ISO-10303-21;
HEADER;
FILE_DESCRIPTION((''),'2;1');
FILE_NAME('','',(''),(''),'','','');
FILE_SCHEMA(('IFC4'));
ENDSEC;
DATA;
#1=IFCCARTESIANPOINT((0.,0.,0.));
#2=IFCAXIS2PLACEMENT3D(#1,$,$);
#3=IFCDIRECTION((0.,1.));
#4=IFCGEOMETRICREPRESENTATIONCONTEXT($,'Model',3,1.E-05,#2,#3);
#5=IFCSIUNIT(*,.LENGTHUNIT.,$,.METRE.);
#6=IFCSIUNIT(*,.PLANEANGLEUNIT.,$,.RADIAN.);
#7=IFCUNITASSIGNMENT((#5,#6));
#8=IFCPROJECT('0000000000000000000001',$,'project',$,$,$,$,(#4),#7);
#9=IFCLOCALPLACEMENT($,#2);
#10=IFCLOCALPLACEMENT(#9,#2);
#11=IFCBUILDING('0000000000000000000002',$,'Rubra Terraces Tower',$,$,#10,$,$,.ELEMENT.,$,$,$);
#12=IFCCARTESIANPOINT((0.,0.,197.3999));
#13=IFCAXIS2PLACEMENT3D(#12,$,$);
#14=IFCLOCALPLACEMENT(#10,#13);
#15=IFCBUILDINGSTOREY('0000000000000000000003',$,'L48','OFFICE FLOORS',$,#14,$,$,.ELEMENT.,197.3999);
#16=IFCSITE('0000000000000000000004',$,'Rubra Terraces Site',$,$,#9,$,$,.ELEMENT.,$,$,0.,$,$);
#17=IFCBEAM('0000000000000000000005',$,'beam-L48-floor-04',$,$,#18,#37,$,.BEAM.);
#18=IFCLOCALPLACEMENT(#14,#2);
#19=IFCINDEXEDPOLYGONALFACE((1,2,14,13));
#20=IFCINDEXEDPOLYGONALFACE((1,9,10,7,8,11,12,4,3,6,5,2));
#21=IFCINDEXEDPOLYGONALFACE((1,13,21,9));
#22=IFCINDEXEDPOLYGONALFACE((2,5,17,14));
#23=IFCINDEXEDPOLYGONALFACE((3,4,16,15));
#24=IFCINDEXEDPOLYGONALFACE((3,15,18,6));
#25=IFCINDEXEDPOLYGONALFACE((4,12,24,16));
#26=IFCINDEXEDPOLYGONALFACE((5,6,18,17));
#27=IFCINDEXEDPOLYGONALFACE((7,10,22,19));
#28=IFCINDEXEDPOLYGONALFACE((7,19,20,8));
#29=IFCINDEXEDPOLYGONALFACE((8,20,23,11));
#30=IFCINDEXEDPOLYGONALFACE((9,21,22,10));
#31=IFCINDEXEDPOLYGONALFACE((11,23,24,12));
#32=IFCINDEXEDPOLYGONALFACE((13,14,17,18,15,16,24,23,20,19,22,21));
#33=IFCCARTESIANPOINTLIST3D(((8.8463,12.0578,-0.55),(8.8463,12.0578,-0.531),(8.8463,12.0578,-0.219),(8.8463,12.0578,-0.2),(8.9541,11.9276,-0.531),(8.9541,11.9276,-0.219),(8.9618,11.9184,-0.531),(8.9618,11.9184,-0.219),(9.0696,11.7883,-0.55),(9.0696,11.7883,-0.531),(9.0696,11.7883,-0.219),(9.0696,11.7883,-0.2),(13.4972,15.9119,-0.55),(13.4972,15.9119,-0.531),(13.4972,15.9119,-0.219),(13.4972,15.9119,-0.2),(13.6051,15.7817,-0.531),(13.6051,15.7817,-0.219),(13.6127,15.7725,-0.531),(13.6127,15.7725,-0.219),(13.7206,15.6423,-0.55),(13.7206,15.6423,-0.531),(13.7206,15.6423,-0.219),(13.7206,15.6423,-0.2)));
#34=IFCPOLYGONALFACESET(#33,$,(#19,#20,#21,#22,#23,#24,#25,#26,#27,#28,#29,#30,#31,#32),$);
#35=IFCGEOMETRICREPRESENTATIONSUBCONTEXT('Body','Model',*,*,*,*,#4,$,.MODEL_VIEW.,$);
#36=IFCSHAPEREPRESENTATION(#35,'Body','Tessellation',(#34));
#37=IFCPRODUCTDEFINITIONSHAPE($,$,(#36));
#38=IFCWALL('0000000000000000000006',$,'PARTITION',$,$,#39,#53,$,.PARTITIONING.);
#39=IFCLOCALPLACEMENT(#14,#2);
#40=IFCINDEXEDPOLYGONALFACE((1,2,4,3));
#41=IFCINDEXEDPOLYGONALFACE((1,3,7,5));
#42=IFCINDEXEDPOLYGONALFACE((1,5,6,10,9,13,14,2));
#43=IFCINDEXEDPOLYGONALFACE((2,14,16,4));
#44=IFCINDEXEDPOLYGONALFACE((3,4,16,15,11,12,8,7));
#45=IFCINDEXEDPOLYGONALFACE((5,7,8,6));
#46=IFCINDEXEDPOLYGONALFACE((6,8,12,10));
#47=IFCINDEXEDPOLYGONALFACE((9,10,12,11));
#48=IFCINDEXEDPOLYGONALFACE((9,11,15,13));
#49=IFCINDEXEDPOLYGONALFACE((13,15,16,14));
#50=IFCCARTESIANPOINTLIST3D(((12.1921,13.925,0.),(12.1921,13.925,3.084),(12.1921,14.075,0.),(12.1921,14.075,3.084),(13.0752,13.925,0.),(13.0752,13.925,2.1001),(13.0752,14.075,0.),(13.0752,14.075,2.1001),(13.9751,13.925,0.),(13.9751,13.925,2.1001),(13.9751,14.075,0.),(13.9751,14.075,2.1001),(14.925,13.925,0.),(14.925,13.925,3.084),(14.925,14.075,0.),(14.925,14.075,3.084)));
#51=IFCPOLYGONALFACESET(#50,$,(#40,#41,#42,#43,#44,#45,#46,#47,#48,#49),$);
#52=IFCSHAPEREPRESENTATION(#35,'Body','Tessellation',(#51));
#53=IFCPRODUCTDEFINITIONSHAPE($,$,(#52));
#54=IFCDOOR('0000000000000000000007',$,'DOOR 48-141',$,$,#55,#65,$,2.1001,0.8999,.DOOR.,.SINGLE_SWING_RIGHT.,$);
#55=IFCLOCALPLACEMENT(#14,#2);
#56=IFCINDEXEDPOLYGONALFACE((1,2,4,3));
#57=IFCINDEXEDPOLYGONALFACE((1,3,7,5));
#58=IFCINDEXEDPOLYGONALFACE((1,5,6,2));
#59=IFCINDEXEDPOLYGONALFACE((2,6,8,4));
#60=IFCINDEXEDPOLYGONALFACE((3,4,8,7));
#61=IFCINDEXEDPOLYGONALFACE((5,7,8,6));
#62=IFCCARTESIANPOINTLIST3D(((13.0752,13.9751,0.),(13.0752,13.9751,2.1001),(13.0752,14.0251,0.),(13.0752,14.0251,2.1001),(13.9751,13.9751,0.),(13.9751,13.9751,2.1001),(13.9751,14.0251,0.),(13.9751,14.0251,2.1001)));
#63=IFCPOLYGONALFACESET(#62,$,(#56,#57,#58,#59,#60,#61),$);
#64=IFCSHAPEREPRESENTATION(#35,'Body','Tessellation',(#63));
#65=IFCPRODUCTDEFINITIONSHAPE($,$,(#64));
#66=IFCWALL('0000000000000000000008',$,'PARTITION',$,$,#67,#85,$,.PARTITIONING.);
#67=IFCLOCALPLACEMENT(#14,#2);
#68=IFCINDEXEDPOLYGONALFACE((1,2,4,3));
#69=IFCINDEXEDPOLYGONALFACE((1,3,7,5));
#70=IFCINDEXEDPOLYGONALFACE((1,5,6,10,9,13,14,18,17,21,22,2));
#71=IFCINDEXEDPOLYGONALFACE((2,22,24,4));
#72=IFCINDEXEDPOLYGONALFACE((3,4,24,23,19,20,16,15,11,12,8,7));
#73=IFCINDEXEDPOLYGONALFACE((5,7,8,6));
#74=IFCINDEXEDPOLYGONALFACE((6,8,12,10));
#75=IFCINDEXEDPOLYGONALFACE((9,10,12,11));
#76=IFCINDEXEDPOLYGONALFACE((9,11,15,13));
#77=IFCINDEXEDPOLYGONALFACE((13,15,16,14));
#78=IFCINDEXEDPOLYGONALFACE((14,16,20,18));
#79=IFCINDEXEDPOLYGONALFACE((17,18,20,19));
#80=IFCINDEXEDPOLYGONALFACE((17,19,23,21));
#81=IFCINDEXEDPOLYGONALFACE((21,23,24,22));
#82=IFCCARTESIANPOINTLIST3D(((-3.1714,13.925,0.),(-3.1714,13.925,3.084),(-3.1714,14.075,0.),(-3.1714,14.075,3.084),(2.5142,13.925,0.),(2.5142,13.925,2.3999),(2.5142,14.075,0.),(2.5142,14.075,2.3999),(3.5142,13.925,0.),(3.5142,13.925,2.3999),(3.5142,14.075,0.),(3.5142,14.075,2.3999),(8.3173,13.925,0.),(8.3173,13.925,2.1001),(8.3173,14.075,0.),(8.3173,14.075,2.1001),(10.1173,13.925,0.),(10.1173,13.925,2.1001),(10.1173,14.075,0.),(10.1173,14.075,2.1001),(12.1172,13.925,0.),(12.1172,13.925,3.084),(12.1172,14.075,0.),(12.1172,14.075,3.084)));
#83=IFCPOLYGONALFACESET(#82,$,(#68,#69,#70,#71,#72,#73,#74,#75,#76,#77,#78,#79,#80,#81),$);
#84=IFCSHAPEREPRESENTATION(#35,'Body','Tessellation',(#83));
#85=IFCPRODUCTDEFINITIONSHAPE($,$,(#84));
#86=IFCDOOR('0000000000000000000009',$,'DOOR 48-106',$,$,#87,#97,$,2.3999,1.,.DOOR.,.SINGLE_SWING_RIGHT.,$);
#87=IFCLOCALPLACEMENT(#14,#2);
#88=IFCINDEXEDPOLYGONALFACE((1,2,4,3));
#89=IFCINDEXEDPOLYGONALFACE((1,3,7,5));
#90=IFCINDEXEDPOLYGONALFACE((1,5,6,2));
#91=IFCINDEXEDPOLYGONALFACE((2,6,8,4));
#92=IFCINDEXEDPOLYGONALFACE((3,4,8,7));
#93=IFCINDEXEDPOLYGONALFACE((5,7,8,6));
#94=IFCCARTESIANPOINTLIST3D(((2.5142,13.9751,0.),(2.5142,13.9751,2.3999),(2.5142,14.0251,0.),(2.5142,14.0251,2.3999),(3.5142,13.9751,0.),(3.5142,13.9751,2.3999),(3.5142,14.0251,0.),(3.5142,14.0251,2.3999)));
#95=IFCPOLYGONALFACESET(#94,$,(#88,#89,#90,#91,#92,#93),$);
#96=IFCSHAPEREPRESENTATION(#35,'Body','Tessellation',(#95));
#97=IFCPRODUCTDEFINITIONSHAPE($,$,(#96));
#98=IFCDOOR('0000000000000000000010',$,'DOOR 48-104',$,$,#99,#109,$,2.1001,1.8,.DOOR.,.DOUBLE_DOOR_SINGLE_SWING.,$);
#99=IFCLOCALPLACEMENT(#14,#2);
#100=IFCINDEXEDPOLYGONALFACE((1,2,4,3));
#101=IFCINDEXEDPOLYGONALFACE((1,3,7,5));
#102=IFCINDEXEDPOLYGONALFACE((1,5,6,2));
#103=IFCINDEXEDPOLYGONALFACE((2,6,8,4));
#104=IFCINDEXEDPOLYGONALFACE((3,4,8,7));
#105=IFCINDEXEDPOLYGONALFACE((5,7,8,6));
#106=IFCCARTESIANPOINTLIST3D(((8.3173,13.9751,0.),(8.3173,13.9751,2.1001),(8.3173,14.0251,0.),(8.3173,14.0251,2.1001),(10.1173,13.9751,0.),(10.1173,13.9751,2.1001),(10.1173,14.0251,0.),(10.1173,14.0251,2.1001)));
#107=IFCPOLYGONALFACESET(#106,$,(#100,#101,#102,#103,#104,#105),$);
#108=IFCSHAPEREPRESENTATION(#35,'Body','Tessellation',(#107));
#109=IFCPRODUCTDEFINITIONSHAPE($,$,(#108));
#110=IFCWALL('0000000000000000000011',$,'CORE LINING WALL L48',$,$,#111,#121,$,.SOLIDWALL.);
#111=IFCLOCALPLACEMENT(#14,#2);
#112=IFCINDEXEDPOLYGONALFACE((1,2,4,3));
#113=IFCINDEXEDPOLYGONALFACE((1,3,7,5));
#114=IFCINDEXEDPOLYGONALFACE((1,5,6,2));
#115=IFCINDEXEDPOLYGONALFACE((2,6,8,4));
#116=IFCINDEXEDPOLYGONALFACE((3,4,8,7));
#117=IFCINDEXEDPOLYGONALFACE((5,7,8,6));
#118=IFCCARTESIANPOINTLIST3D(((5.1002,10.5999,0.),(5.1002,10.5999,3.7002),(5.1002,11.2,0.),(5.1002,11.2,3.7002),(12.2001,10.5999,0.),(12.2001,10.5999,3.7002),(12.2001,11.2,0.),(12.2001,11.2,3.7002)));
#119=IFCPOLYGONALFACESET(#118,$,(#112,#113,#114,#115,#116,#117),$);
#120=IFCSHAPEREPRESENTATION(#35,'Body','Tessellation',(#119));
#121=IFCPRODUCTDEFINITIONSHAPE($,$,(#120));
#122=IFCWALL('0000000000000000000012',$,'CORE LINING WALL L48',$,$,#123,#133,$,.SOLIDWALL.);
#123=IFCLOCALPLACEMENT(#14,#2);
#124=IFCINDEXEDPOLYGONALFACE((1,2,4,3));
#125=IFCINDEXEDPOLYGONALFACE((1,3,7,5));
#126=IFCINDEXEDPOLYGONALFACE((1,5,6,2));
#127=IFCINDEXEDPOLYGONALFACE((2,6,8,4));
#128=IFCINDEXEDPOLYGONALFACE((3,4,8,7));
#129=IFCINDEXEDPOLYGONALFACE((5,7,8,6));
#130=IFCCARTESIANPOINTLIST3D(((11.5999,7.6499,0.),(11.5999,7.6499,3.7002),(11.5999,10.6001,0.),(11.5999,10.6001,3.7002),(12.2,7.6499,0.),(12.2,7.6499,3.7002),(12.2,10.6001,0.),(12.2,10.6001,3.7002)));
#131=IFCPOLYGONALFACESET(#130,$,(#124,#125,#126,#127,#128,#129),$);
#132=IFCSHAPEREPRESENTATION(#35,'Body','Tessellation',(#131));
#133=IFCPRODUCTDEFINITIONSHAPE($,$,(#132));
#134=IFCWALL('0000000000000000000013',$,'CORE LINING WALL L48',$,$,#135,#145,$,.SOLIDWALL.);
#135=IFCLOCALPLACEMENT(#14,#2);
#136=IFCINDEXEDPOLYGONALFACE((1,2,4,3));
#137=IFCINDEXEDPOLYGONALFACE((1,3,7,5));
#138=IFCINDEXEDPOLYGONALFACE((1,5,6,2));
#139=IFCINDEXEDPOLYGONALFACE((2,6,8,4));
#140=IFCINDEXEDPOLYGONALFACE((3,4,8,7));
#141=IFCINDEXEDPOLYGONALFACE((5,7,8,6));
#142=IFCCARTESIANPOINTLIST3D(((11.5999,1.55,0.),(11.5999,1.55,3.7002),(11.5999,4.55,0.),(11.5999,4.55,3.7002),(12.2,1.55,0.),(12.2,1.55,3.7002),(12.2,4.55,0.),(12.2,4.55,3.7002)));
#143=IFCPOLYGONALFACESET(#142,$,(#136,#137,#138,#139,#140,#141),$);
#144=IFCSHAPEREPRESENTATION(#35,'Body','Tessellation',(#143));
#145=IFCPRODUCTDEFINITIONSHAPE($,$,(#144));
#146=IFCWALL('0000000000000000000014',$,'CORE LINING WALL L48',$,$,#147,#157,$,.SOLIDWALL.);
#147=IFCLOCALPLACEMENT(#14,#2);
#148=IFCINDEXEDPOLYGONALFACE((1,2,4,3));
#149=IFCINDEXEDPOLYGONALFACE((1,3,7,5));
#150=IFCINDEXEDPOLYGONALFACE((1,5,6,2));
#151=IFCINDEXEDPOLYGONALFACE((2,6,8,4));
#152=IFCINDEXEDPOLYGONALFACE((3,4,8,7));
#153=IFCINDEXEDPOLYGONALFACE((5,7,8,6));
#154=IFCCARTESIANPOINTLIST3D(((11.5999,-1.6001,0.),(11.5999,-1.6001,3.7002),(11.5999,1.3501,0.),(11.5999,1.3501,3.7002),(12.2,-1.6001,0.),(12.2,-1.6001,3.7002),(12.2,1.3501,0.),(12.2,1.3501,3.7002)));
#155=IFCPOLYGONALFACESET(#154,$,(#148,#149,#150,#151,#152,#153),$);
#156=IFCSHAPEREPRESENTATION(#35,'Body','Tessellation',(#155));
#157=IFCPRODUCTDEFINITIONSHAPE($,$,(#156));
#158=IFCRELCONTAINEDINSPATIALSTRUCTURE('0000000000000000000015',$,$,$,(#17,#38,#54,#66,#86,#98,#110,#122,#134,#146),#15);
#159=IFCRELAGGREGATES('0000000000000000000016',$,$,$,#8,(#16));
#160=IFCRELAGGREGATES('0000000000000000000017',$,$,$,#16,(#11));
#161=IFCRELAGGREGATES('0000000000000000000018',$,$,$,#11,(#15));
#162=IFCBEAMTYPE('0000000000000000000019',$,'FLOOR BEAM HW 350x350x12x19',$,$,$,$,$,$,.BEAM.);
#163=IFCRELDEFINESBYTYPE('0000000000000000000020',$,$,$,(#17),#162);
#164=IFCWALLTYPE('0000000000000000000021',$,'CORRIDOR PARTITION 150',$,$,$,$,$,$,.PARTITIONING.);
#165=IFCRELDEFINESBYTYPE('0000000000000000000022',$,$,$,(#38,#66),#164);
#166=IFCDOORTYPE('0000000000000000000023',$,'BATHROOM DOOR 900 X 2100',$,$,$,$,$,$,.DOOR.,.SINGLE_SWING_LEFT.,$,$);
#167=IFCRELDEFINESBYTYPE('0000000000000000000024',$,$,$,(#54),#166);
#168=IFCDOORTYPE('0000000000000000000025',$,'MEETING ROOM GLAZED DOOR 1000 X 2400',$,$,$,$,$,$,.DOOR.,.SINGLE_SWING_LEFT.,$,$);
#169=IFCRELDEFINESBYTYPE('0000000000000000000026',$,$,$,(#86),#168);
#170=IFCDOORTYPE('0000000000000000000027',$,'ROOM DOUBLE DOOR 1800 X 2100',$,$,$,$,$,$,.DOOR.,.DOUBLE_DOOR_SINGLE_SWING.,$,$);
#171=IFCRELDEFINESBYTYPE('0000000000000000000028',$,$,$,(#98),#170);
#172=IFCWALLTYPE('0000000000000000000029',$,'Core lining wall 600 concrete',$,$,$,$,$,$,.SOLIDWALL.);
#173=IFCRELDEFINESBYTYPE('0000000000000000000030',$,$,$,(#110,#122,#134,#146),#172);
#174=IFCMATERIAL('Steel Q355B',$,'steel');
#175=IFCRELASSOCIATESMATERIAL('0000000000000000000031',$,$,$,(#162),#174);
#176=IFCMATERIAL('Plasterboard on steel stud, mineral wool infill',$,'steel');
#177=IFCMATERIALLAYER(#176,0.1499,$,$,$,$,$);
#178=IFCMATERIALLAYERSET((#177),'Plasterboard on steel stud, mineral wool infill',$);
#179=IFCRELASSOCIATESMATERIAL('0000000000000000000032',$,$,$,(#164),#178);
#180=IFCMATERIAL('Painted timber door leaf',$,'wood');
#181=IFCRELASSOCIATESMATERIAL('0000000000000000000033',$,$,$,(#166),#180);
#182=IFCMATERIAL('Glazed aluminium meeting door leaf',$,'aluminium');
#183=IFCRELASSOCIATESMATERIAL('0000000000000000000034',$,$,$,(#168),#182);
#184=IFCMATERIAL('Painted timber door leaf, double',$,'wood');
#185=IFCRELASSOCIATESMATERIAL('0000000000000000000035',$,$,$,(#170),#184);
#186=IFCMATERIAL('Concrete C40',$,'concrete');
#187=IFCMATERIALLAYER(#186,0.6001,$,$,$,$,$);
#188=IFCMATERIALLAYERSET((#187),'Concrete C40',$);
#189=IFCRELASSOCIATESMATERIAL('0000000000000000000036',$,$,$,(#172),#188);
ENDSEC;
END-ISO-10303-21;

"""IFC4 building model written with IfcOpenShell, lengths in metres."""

from ifc_helpers import new_model, si_unit, direction, frame, frame_2d, origin, origin_2d, place, context, subcontext, project, spatial, rectangle, i_section, extrude, material, layer, layer_set, material_profile, profile_set, type_object, element, fill, save


model = new_model("IFC4")

# Units and contexts
model_context = context("Model", 3, precision=1e-05, world=origin(), true_north=direction((0.0, 1.0)))
body_context = subcontext(model_context, "Body", "Model", "MODEL_VIEW")
ifc_project = project(units=[si_unit("LENGTHUNIT", "METRE"), si_unit("PLANEANGLEUNIT", "RADIAN")], contexts=[model_context])

# Site, building, storey
site_placement = place(None, origin())
site = spatial("IfcSite", under=ifc_project, at=site_placement, Name="Rubra Terraces Site", CompositionType="ELEMENT", RefElevation=0.0)
building_placement = place(site_placement, origin())
building = spatial("IfcBuilding", under=site, at=building_placement, Name="Rubra Terraces Tower", CompositionType="ELEMENT")
storey_placement = place(building_placement, frame((0.0, 0.0, 197.3999)))
storey = spatial("IfcBuildingStorey", under=building, at=storey_placement, Name="L48", Description="OFFICE FLOORS", CompositionType="ELEMENT", Elevation=197.3999)

# Beam
ifc_material_1 = material(Name="Steel Q355B", Category="steel")
ifc_material_profile = material_profile(ifc_material_1, i_section(OverallWidth=0.3501, OverallDepth=0.3501, WebThickness=0.012, FlangeThickness=0.019, at=origin_2d()), Name="HW 350x350x12x19")
ifc_profile_set = profile_set([ifc_material_profile], Name="Steel Q355B")
beam_type = type_object("IfcBeamType", Name="FLOOR BEAM HW 350x350x12x19", PredefinedType="BEAM", material=ifc_profile_set)
beam_placement = place(storey_placement, frame((13.6089, 15.7771, -0.375), z_axis=(-0.769988, -0.638059, 0.0), x_axis=(0.638059, -0.769988, 0.0)))
element("IfcBeam", 1, at=beam_placement, inside=storey, type_object=beam_type, Name="beam-L48-floor-04", PredefinedType="BEAM", context=body_context, shape_type="SweptSolid", body=[
    extrude(i_section(OverallWidth=0.3501, OverallDepth=0.3501, WebThickness=0.012, FlangeThickness=0.019, at=origin_2d()), origin(), (0.0, 0.0, 1.0), 6.0403),
])

# Wall, opening, door
ifc_material_2 = material(Name="Plasterboard on steel stud, mineral wool infill", Category="steel")
ifc_layer_1 = layer(ifc_material_2, 0.1499)
ifc_layer_set_1 = layer_set([ifc_layer_1], Name="Plasterboard on steel stud, mineral wool infill")
wall_type_1 = type_object("IfcWallType", Name="CORRIDOR PARTITION 150", PredefinedType="PARTITIONING", material=ifc_layer_set_1)
wall_1_placement = place(storey_placement, frame((14.925, 14.0, 0.0), z_axis=(0.0, 0.0, 1.0), x_axis=(-1.0, 0.0, 0.0)))
wall_1 = element("IfcWall", 2, at=wall_1_placement, inside=storey, type_object=wall_type_1, Name="PARTITION", PredefinedType="PARTITIONING", context=body_context, shape_type="SweptSolid", body=[
    extrude(rectangle(XDim=2.7329, YDim=0.1499, at=frame_2d((1.3665, 0.0))), origin(), (0.0, 0.0, 1.0), 3.084),
])
opening_1_placement = place(wall_1_placement, frame((0.95, 0.0, 0.0)))
opening_1 = element("IfcOpeningElement", 3, at=opening_1_placement, cuts=wall_1, PredefinedType="OPENING", context=body_context, shape_type="SweptSolid", body=[
    extrude(rectangle(XDim=0.8999, YDim=2.1001, at=frame_2d((0.45, 1.05))), frame((0.0, 0.085, 0.0), z_axis=(0.0, -1.0, 0.0), x_axis=(1.0, 0.0, 0.0)), (0.0, 0.0, 1.0), 0.1699),
])
ifc_material_3 = material(Name="Painted timber door leaf", Category="wood")
door_type_1 = type_object("IfcDoorType", Name="BATHROOM DOOR 900 X 2100", OperationType="SINGLE_SWING_LEFT", PredefinedType="DOOR", material=ifc_material_3)
door_1_placement = place(opening_1_placement, origin())
door_1 = element("IfcDoor", 4, at=door_1_placement, inside=storey, type_object=door_type_1, Name="DOOR 48-141", OperationType="SINGLE_SWING_RIGHT", OverallHeight=2.1001, OverallWidth=0.8999, PredefinedType="DOOR", context=body_context, shape_type="SweptSolid", body=[
    extrude(rectangle(XDim=0.8999, YDim=2.1001, at=frame_2d((0.45, 1.05))), frame((0.0, 0.0249, 0.0), z_axis=(0.0, -1.0, 0.0), x_axis=(1.0, 0.0, 0.0)), (0.0, 0.0, 1.0), 0.05),
])
fill(opening_1, door_1)

# Wall, openings, doors
wall_2_placement = place(storey_placement, frame((12.1172, 14.0, 0.0), z_axis=(0.0, 0.0, 1.0), x_axis=(-1.0, 0.0, 0.0)))
wall_2 = element("IfcWall", 5, at=wall_2_placement, inside=storey, type_object=wall_type_1, Name="PARTITION", PredefinedType="PARTITIONING", context=body_context, shape_type="SweptSolid", body=[
    extrude(rectangle(XDim=15.2886, YDim=0.1499, at=frame_2d((7.6443, 0.0))), origin(), (0.0, 0.0, 1.0), 3.084),
])
opening_2_placement = place(wall_2_placement, frame((2.0, 0.0, 0.0)))
opening_2 = element("IfcOpeningElement", 6, at=opening_2_placement, cuts=wall_2, PredefinedType="OPENING", context=body_context, shape_type="SweptSolid", body=[
    extrude(rectangle(XDim=1.8, YDim=2.1001, at=frame_2d((0.8999, 1.05))), frame((0.0, 0.085, 0.0), z_axis=(0.0, -1.0, 0.0), x_axis=(1.0, 0.0, 0.0)), (0.0, 0.0, 1.0), 0.1699),
])
opening_3_placement = place(wall_2_placement, frame((8.603, 0.0, 0.0)))
opening_3 = element("IfcOpeningElement", 7, at=opening_3_placement, cuts=wall_2, PredefinedType="OPENING", context=body_context, shape_type="SweptSolid", body=[
    extrude(rectangle(XDim=1.0, YDim=2.3999, at=frame_2d((0.5, 1.2))), frame((0.0, 0.085, 0.0), z_axis=(0.0, -1.0, 0.0), x_axis=(1.0, 0.0, 0.0)), (0.0, 0.0, 1.0), 0.1699),
])
ifc_material_4 = material(Name="Glazed aluminium meeting door leaf", Category="aluminium")
door_type_2 = type_object("IfcDoorType", Name="MEETING ROOM GLAZED DOOR 1000 X 2400", OperationType="SINGLE_SWING_LEFT", PredefinedType="DOOR", material=ifc_material_4)
door_2_placement = place(opening_3_placement, origin())
door_2 = element("IfcDoor", 8, at=door_2_placement, inside=storey, type_object=door_type_2, Name="DOOR 48-106", OperationType="SINGLE_SWING_RIGHT", OverallHeight=2.3999, OverallWidth=1.0, PredefinedType="DOOR", context=body_context, shape_type="SweptSolid", body=[
    extrude(rectangle(XDim=1.0, YDim=2.3999, at=frame_2d((0.5, 1.2))), frame((0.0, 0.0249, 0.0), z_axis=(0.0, -1.0, 0.0), x_axis=(1.0, 0.0, 0.0)), (0.0, 0.0, 1.0), 0.05),
])
fill(opening_3, door_2)
ifc_material_5 = material(Name="Painted timber door leaf, double", Category="wood")
door_type_3 = type_object("IfcDoorType", Name="ROOM DOUBLE DOOR 1800 X 2100", OperationType="DOUBLE_DOOR_SINGLE_SWING", PredefinedType="DOOR", material=ifc_material_5)
door_3_placement = place(opening_2_placement, origin())
door_3 = element("IfcDoor", 9, at=door_3_placement, inside=storey, type_object=door_type_3, Name="DOOR 48-104", OperationType="DOUBLE_DOOR_SINGLE_SWING", OverallHeight=2.1001, OverallWidth=1.8, PredefinedType="DOOR", context=body_context, shape_type="SweptSolid", body=[
    extrude(rectangle(XDim=1.8, YDim=2.1001, at=frame_2d((0.8999, 1.05))), frame((0.0, 0.0249, 0.0), z_axis=(0.0, -1.0, 0.0), x_axis=(1.0, 0.0, 0.0)), (0.0, 0.0, 1.0), 0.05),
])
fill(opening_2, door_3)

# Walls
ifc_material_6 = material(Name="Concrete C40", Category="concrete")
ifc_layer_2 = layer(ifc_material_6, 0.6001)
ifc_layer_set_2 = layer_set([ifc_layer_2], Name="Concrete C40")
wall_type_2 = type_object("IfcWallType", Name="Core lining wall 600 concrete", PredefinedType="SOLIDWALL", material=ifc_layer_set_2)
wall_3_placement = place(storey_placement, frame((12.2, 10.8999, 0.0), z_axis=(0.0, 0.0, 1.0), x_axis=(-1.0, 0.0, 0.0)))
element("IfcWall", 10, at=wall_3_placement, inside=storey, type_object=wall_type_2, Name="CORE LINING WALL L48", PredefinedType="SOLIDWALL", context=body_context, shape_type="SweptSolid", body=[
    extrude(rectangle(XDim=7.0999, YDim=0.6001, at=frame_2d((3.5498, 0.0))), origin(), (0.0, 0.0, 1.0), 3.7002),
])
wall_4_placement = place(storey_placement, frame((11.8999, 10.6001, 0.0), z_axis=(0.0, 0.0, 1.0), x_axis=(0.0, -1.0, 0.0)))
element("IfcWall", 11, at=wall_4_placement, inside=storey, type_object=wall_type_2, Name="CORE LINING WALL L48", PredefinedType="SOLIDWALL", context=body_context, shape_type="SweptSolid", body=[
    extrude(rectangle(XDim=2.9502, YDim=0.6001, at=frame_2d((1.4751, 0.0))), origin(), (0.0, 0.0, 1.0), 3.7002),
])
wall_5_placement = place(storey_placement, frame((11.8999, 4.55, 0.0), z_axis=(0.0, 0.0, 1.0), x_axis=(0.0, -1.0, 0.0)))
element("IfcWall", 12, at=wall_5_placement, inside=storey, type_object=wall_type_2, Name="CORE LINING WALL L48", PredefinedType="SOLIDWALL", context=body_context, shape_type="SweptSolid", body=[
    extrude(rectangle(XDim=3.0, YDim=0.6001, at=frame_2d((1.5, 0.0))), origin(), (0.0, 0.0, 1.0), 3.7002),
])
wall_6_placement = place(storey_placement, frame((11.8999, 1.3501, 0.0), z_axis=(0.0, 0.0, 1.0), x_axis=(0.0, -1.0, 0.0)))
element("IfcWall", 13, at=wall_6_placement, inside=storey, type_object=wall_type_2, Name="CORE LINING WALL L48", PredefinedType="SOLIDWALL", context=body_context, shape_type="SweptSolid", body=[
    extrude(rectangle(XDim=2.9502, YDim=0.6001, at=frame_2d((1.4751, 0.0))), origin(), (0.0, 0.0, 1.0), 3.7002),
])

save(model, "model.ifc")
